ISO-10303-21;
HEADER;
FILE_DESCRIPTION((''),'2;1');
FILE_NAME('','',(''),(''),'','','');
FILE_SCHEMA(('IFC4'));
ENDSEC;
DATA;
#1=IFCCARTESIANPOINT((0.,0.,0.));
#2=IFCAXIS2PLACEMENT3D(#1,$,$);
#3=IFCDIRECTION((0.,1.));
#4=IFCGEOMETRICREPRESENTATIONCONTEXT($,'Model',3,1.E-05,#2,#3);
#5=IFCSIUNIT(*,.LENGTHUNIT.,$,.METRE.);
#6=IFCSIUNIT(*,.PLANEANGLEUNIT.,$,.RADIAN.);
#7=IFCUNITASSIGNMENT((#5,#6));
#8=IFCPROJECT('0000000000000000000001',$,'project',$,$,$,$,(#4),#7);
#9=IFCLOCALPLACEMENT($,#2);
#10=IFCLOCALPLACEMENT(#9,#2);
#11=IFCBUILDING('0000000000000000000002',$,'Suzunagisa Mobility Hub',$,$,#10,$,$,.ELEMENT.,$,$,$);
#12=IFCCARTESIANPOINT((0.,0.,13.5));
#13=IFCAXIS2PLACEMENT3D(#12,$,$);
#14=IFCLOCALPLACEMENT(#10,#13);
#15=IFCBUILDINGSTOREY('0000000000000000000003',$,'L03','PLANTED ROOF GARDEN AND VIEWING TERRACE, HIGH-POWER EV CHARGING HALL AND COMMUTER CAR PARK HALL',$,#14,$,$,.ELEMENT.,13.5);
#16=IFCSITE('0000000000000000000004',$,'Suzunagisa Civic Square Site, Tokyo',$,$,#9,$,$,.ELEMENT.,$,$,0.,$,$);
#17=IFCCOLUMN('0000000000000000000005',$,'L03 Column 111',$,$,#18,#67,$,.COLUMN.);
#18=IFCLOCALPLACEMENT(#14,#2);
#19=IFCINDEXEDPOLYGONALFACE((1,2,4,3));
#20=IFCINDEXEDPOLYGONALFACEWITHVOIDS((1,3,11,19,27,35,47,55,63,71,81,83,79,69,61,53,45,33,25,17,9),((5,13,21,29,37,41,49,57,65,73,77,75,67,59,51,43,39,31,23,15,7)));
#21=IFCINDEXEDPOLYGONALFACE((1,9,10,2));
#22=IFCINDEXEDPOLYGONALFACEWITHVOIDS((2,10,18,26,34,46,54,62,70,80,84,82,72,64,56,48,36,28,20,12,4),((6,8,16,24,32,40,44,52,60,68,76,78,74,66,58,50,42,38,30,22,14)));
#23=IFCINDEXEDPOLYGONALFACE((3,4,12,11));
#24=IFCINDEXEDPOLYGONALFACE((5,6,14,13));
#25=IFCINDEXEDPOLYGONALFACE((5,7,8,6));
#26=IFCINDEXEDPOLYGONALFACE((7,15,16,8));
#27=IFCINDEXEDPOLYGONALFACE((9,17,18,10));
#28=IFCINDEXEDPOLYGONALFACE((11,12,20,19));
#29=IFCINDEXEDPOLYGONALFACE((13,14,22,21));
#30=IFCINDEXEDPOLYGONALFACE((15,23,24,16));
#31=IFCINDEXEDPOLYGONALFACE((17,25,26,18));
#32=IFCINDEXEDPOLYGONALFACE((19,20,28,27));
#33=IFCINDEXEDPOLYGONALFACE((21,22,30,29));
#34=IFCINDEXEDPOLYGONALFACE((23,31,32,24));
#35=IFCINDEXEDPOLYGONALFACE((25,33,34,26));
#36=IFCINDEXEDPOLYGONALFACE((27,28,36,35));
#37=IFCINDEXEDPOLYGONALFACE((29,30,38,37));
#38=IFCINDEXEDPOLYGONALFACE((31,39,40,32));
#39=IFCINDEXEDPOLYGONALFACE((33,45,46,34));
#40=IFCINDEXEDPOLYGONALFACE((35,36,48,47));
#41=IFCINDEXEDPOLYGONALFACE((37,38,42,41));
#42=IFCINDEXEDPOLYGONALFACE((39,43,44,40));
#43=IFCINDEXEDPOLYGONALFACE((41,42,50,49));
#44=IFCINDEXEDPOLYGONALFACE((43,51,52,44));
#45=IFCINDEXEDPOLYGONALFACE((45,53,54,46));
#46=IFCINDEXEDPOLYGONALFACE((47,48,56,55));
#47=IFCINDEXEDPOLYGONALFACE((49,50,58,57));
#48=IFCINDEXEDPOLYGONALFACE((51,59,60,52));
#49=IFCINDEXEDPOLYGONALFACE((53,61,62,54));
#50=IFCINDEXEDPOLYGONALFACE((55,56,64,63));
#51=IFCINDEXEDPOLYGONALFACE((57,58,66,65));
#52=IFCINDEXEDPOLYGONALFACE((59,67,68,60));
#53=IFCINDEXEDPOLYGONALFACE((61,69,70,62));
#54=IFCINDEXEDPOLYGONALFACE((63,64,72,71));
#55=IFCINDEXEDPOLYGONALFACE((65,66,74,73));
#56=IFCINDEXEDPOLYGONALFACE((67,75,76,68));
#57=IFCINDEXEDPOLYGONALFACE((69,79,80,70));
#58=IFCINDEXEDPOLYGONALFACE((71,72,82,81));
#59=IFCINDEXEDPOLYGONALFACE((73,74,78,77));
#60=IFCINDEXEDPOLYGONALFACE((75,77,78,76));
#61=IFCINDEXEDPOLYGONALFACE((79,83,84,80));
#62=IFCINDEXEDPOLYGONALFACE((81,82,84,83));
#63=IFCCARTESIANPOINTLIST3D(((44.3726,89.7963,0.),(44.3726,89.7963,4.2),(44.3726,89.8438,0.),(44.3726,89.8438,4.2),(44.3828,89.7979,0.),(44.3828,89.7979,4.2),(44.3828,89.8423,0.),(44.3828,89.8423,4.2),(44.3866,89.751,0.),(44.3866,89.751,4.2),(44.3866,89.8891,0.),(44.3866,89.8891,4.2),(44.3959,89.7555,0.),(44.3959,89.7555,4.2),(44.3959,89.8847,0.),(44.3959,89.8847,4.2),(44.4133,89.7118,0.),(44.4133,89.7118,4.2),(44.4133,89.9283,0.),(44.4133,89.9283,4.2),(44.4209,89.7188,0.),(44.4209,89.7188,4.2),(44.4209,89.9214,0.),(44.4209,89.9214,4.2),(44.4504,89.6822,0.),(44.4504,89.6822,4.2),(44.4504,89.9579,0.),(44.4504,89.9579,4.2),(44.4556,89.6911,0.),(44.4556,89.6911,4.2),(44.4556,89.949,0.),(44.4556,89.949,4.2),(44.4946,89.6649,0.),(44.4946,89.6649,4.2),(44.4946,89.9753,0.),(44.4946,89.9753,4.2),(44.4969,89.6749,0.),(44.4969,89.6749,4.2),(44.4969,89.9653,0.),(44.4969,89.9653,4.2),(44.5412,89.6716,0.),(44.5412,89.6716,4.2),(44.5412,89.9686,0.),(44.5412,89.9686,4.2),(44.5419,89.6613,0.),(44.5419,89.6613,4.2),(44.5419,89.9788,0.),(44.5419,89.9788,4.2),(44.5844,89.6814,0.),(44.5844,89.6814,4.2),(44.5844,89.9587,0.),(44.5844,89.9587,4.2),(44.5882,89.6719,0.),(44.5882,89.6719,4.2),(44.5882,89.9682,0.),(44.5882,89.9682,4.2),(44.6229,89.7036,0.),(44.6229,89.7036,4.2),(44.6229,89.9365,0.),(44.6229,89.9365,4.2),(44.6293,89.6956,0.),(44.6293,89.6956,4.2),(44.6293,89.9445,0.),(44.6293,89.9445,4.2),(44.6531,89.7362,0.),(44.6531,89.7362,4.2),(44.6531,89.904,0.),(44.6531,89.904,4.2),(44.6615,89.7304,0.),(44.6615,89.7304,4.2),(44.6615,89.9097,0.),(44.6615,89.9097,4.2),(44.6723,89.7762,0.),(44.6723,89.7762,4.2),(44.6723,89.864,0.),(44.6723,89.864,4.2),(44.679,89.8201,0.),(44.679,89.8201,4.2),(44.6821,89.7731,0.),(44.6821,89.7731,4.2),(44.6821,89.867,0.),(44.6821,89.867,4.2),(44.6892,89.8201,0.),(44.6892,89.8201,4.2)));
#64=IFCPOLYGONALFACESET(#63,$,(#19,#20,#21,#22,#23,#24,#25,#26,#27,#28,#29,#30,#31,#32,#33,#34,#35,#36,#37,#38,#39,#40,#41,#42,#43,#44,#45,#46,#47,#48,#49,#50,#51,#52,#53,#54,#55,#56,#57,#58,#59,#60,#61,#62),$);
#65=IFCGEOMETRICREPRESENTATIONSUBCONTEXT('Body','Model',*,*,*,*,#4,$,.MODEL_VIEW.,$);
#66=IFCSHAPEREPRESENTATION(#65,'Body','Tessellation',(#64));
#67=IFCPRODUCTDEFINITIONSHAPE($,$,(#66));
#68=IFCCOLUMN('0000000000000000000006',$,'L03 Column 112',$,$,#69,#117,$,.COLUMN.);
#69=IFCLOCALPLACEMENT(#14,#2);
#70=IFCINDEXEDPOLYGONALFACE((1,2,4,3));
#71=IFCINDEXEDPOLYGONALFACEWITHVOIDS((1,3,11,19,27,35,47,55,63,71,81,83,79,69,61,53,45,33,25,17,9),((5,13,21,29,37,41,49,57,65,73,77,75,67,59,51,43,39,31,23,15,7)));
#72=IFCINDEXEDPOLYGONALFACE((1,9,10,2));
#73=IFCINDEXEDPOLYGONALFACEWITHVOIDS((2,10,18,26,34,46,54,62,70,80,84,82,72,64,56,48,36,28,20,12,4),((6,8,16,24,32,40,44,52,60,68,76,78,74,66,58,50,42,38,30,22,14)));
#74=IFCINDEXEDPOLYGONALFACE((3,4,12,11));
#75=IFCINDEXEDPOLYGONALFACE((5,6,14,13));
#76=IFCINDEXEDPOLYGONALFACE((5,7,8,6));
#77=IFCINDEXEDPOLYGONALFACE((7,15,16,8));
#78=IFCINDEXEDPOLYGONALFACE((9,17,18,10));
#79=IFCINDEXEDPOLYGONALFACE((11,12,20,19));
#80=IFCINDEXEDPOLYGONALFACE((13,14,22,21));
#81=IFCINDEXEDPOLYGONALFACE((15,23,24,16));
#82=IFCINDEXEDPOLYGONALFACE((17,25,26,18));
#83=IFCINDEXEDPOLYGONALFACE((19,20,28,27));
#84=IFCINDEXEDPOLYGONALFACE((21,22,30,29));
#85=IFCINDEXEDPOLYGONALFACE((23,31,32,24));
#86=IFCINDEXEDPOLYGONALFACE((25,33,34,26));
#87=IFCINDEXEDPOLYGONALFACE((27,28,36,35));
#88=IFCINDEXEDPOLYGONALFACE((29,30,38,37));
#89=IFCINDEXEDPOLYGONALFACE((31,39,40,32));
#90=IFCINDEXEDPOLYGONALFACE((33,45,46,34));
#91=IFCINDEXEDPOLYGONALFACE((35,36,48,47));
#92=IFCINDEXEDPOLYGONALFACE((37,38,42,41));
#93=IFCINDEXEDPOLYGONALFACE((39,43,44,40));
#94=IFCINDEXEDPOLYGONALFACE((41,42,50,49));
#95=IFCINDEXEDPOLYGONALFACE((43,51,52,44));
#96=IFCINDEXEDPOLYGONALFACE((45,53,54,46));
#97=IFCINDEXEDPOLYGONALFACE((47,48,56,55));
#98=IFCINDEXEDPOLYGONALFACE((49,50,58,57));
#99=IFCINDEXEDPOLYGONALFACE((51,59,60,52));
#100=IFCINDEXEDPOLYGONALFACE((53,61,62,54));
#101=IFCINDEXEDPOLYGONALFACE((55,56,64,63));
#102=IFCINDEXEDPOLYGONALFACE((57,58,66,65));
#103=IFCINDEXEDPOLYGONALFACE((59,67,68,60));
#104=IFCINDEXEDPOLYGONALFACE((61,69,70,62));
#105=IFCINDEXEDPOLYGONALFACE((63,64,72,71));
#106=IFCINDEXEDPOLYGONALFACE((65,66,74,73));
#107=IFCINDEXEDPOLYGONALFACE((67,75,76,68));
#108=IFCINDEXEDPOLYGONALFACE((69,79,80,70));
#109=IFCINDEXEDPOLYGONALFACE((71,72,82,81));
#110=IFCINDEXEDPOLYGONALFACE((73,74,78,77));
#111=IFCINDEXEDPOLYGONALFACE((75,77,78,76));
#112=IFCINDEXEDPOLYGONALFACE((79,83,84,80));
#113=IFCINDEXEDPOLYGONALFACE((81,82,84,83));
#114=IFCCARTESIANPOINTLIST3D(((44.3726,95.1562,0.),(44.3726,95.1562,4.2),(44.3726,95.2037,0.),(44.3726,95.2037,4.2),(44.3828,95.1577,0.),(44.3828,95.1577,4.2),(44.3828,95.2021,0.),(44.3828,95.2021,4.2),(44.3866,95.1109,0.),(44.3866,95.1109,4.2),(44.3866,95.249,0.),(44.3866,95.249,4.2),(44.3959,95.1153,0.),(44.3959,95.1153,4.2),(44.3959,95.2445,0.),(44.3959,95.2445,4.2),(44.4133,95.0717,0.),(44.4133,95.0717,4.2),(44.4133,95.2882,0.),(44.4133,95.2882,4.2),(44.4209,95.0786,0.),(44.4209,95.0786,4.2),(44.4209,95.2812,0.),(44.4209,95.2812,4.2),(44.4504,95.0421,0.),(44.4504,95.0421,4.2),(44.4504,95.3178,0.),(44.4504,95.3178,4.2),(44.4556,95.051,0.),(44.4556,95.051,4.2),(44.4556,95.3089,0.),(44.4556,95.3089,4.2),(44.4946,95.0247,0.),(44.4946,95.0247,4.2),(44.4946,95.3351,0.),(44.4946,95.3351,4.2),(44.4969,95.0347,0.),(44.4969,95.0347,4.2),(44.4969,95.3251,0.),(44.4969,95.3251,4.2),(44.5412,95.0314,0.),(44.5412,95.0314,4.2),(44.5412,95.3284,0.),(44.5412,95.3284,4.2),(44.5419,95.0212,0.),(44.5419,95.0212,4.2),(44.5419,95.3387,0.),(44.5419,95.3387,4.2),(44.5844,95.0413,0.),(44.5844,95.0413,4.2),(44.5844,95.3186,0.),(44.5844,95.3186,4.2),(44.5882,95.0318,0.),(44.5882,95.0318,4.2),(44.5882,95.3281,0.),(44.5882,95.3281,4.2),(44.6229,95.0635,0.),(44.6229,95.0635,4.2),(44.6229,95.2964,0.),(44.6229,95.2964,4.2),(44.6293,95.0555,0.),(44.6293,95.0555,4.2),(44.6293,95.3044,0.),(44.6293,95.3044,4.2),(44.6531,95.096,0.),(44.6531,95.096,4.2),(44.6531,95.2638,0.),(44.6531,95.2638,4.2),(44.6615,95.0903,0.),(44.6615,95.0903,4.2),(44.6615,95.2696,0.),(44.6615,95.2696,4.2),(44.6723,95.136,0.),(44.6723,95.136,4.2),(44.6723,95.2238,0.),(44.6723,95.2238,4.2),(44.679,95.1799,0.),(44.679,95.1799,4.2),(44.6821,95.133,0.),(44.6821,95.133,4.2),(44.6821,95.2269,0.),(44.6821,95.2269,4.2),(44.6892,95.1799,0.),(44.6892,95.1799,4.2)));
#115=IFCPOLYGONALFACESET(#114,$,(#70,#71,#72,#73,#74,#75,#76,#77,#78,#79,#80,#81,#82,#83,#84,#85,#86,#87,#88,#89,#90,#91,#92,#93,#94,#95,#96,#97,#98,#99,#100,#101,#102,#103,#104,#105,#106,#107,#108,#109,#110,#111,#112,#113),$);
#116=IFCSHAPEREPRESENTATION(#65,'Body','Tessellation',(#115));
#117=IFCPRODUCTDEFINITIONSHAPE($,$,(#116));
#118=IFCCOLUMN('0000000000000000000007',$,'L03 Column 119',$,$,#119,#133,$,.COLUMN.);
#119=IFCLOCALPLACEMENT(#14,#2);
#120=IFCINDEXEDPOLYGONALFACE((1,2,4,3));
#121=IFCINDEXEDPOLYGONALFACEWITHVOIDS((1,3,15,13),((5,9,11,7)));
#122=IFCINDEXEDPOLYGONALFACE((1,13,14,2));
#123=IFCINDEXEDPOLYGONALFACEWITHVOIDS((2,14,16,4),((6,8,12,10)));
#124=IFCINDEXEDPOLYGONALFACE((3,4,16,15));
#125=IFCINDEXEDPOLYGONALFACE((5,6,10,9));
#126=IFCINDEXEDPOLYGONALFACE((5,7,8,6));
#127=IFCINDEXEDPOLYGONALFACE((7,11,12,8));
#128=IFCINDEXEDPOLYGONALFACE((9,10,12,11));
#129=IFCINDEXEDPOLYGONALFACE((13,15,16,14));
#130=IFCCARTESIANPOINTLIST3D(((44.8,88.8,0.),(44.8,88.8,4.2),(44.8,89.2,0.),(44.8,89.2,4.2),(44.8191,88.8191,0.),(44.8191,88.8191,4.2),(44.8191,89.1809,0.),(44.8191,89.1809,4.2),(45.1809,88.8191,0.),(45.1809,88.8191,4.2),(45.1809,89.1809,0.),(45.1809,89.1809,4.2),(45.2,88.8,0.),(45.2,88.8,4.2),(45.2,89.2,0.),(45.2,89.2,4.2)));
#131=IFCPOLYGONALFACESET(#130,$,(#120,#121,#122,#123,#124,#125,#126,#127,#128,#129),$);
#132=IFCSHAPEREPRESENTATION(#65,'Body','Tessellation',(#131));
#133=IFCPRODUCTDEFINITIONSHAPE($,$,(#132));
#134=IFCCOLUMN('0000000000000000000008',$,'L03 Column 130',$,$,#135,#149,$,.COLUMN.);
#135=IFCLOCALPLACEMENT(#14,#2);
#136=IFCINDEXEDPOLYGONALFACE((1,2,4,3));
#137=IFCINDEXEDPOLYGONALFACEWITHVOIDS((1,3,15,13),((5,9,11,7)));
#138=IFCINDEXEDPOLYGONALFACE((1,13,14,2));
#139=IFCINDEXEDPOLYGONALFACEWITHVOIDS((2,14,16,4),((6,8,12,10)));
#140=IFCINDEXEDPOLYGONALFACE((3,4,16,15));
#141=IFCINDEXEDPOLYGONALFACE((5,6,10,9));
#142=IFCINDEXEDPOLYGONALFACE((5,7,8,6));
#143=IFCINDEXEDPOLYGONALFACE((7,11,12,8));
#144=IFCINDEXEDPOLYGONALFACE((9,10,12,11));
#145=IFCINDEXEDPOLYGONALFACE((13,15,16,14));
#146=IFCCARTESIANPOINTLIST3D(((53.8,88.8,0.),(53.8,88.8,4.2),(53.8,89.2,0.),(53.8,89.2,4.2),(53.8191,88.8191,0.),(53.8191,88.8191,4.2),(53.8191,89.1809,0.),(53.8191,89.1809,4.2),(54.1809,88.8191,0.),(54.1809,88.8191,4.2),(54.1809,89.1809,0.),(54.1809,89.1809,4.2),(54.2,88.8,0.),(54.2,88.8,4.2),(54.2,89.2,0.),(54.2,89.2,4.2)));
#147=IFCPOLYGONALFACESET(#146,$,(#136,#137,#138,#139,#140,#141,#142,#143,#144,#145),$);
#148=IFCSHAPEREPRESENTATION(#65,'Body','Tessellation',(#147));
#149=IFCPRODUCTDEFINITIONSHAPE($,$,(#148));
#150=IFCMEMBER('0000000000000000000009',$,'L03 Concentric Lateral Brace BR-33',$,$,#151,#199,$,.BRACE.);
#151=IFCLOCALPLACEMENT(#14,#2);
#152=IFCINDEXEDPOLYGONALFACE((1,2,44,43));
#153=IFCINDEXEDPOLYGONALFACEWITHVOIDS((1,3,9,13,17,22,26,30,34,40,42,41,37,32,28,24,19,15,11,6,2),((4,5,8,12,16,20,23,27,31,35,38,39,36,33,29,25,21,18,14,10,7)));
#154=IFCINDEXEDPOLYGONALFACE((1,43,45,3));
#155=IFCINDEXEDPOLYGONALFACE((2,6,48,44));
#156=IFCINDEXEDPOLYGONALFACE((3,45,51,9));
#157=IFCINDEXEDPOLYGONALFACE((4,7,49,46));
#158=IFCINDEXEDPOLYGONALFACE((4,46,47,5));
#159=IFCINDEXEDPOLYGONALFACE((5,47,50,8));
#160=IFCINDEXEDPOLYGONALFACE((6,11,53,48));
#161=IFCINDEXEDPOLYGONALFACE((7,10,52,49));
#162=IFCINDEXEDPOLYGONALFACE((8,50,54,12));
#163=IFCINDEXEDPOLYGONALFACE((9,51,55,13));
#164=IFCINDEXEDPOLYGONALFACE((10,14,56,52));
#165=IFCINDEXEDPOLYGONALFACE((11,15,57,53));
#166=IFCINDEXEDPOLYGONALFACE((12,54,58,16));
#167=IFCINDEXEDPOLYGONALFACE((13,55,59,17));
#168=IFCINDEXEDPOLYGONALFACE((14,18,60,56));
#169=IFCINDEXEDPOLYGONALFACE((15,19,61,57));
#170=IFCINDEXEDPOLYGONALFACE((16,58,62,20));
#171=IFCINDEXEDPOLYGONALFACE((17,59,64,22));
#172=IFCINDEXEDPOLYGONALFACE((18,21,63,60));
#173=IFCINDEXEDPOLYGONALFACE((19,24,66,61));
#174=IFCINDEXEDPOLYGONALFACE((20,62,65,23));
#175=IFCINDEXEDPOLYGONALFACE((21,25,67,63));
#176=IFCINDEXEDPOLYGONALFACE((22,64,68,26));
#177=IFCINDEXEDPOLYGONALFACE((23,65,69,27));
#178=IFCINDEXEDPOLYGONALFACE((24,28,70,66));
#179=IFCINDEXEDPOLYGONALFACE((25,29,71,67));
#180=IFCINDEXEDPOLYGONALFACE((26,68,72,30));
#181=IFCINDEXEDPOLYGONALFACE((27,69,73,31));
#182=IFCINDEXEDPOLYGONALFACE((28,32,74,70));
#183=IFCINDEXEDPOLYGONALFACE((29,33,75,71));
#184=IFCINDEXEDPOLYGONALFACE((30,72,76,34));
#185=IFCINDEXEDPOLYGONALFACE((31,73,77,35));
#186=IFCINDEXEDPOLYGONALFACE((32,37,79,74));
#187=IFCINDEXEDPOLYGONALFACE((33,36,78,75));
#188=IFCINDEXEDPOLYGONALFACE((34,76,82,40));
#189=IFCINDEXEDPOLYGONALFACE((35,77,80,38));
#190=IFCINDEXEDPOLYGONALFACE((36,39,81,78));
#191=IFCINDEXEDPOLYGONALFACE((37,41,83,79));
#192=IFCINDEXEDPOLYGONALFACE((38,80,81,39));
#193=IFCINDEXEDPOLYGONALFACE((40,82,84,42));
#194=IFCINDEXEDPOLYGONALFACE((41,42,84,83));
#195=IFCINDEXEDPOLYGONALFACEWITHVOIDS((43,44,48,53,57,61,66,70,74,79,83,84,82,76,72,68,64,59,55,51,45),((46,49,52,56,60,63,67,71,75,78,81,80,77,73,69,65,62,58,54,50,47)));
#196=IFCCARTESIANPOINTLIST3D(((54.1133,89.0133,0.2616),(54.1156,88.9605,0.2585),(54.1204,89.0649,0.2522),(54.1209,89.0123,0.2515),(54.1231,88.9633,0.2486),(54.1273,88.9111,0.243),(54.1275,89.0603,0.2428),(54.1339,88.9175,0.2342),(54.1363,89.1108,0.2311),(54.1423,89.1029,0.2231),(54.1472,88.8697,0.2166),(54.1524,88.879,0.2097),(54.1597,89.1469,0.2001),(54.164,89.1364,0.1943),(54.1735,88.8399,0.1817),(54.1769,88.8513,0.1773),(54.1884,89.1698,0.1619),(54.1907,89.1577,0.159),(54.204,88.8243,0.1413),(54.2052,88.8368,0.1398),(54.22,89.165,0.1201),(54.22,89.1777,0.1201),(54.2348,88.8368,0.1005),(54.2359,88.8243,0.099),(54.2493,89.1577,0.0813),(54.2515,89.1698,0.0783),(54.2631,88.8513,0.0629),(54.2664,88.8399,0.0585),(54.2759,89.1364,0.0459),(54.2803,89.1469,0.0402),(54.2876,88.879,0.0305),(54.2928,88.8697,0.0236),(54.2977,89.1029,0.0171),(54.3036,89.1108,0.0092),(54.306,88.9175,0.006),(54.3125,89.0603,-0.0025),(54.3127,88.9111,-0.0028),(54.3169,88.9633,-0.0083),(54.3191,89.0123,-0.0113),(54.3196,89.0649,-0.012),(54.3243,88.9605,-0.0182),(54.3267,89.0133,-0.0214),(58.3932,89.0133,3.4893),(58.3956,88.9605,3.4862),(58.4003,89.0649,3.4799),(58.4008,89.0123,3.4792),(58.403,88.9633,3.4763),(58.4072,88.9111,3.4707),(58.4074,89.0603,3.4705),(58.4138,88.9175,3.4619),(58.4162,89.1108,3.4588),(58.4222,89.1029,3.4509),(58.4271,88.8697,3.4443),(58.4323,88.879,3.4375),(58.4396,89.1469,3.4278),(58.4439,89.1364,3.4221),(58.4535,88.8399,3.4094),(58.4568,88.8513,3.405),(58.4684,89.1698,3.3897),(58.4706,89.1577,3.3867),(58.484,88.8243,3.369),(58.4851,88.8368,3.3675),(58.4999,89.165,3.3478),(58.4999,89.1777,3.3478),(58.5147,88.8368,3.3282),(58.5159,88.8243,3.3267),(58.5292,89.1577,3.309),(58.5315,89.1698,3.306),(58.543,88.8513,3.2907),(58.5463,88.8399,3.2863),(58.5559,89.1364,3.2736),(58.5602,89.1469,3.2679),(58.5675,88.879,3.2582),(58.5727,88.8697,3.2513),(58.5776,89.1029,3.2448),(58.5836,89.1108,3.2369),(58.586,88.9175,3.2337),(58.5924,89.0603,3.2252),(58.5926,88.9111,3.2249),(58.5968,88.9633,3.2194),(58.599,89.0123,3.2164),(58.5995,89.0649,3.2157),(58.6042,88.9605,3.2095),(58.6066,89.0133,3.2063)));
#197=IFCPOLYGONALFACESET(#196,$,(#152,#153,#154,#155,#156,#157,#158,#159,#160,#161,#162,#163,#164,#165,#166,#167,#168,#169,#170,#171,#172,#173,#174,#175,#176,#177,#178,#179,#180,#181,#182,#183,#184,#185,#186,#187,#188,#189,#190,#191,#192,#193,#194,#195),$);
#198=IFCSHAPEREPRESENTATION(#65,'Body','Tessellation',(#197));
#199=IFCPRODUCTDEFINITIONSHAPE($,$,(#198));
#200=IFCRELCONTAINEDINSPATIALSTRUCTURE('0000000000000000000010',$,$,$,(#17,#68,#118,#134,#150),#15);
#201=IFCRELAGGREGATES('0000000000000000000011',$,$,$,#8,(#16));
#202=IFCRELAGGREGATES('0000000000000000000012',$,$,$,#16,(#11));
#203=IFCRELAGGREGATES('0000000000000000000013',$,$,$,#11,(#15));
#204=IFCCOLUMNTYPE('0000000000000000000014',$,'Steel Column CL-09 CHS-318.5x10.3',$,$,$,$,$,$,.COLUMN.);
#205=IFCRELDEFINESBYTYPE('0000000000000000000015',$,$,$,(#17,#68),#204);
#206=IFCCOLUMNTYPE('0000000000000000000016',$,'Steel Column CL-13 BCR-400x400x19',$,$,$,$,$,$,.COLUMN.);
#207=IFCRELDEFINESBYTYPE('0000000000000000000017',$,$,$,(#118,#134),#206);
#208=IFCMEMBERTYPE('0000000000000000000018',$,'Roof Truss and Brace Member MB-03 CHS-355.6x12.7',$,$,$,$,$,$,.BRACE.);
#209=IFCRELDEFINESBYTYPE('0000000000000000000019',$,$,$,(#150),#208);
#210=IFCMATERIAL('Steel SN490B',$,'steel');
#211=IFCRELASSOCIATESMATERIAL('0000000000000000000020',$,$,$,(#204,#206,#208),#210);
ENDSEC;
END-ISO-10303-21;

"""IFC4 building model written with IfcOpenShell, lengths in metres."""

from ifc_helpers import new_model, si_unit, direction, frame, origin, origin_2d, place, context, subcontext, project, spatial, hollow_rectangle, hollow_circle, extrude, material, material_profile, profile_set, type_object, element, save


model = new_model("IFC4")

# Units and contexts
model_context = context("Model", 3, precision=1e-05, world=origin(), true_north=direction((0.0, 1.0)))
body_context = subcontext(model_context, "Body", "Model", "MODEL_VIEW")
ifc_project = project(units=[si_unit("LENGTHUNIT", "METRE"), si_unit("PLANEANGLEUNIT", "RADIAN")], contexts=[model_context])

# Site, building, storey
site_placement = place(None, origin())
site = spatial("IfcSite", under=ifc_project, at=site_placement, Name="Suzunagisa Civic Square Site, Tokyo", CompositionType="ELEMENT", RefElevation=0.0)
building_placement = place(site_placement, origin())
building = spatial("IfcBuilding", under=site, at=building_placement, Name="Suzunagisa Mobility Hub", CompositionType="ELEMENT")
storey_placement = place(building_placement, frame((0.0, 0.0, 13.5)))
storey = spatial("IfcBuildingStorey", under=building, at=storey_placement, Name="L03", Description="PLANTED ROOF GARDEN AND VIEWING TERRACE, HIGH-POWER EV CHARGING HALL AND COMMUTER CAR PARK HALL", CompositionType="ELEMENT", Elevation=13.5)

# Columns
ifc_material_1 = material(Name="Steel SN490B", Category="steel")
ifc_material_profile_1 = material_profile(ifc_material_1, hollow_circle(Radius=0.1592, WallThickness=0.0103, at=origin_2d()), Name="CHS-318.5x10.3")
ifc_profile_set_1 = profile_set([ifc_material_profile_1], Name="Steel SN490B")
column_type_1 = type_object("IfcColumnType", Name="Steel Column CL-09 CHS-318.5x10.3", PredefinedType="COLUMN", material=ifc_profile_set_1)
for number, where, z_axis, x_axis, name in (
    (1, (44.53, 89.8201, 0.0), (0.0, 0.0, 1.0), (1.0, 0.0, 0.0), "L03 Column 111"),
    (2, (44.53, 95.1799, 0.0), (0.0, 0.0, 1.0), (1.0, 0.0, 0.0), "L03 Column 112"),
):
    element("IfcColumn", number, at=place(storey_placement, frame(where, z_axis=z_axis, x_axis=x_axis)), inside=storey, type_object=column_type_1, Name=name, PredefinedType="COLUMN", context=body_context, shape_type="SweptSolid", body=[
        extrude(hollow_circle(Radius=0.1592, WallThickness=0.0103, at=origin_2d()), origin(), (0.0, 0.0, 1.0), 4.2),
    ])
ifc_material_profile_2 = material_profile(ifc_material_1, hollow_rectangle(XDim=0.3999, YDim=0.3999, WallThickness=0.019, at=origin_2d()), Name="BCR-400x400x19")
ifc_profile_set_2 = profile_set([ifc_material_profile_2], Name="Steel SN490B")
column_type_2 = type_object("IfcColumnType", Name="Steel Column CL-13 BCR-400x400x19", PredefinedType="COLUMN", material=ifc_profile_set_2)
for number, where, z_axis, x_axis, name in (
    (3, (45.0, 89.0, 0.0), (0.0, 0.0, 1.0), (1.0, 0.0, 0.0), "L03 Column 119"),
    (4, (54.0, 89.0, 0.0), (0.0, 0.0, 1.0), (1.0, 0.0, 0.0), "L03 Column 130"),
):
    element("IfcColumn", number, at=place(storey_placement, frame(where, z_axis=z_axis, x_axis=x_axis)), inside=storey, type_object=column_type_2, Name=name, PredefinedType="COLUMN", context=body_context, shape_type="SweptSolid", body=[
        extrude(hollow_rectangle(XDim=0.3999, YDim=0.3999, WallThickness=0.019, at=origin_2d()), origin(), (0.0, 0.0, 1.0), 4.2),
    ])

# Member
ifc_material_profile_3 = material_profile(ifc_material_1, hollow_circle(Radius=0.1777, WallThickness=0.0127, at=origin_2d()), Name="CHS-355.6x12.7")
ifc_profile_set_3 = profile_set([ifc_material_profile_3], Name="Steel SN490B")
member_type = type_object("IfcMemberType", Name="Roof Truss and Brace Member MB-03 CHS-355.6x12.7", PredefinedType="BRACE", material=ifc_profile_set_3)
member_placement = place(storey_placement, frame((54.22, 89.0, 0.1201), z_axis=(0.798407, 0.0, 0.602118), x_axis=(0.0, 1.0, 0.0)))
element("IfcMember", 5, at=member_placement, inside=storey, type_object=member_type, Name="L03 Concentric Lateral Brace BR-33", PredefinedType="BRACE", context=body_context, shape_type="SweptSolid", body=[
    extrude(hollow_circle(Radius=0.1777, WallThickness=0.0127, at=origin_2d()), origin(), (0.0, 0.0, 1.0), 5.3606),
])

save(model, "model.ifc")
